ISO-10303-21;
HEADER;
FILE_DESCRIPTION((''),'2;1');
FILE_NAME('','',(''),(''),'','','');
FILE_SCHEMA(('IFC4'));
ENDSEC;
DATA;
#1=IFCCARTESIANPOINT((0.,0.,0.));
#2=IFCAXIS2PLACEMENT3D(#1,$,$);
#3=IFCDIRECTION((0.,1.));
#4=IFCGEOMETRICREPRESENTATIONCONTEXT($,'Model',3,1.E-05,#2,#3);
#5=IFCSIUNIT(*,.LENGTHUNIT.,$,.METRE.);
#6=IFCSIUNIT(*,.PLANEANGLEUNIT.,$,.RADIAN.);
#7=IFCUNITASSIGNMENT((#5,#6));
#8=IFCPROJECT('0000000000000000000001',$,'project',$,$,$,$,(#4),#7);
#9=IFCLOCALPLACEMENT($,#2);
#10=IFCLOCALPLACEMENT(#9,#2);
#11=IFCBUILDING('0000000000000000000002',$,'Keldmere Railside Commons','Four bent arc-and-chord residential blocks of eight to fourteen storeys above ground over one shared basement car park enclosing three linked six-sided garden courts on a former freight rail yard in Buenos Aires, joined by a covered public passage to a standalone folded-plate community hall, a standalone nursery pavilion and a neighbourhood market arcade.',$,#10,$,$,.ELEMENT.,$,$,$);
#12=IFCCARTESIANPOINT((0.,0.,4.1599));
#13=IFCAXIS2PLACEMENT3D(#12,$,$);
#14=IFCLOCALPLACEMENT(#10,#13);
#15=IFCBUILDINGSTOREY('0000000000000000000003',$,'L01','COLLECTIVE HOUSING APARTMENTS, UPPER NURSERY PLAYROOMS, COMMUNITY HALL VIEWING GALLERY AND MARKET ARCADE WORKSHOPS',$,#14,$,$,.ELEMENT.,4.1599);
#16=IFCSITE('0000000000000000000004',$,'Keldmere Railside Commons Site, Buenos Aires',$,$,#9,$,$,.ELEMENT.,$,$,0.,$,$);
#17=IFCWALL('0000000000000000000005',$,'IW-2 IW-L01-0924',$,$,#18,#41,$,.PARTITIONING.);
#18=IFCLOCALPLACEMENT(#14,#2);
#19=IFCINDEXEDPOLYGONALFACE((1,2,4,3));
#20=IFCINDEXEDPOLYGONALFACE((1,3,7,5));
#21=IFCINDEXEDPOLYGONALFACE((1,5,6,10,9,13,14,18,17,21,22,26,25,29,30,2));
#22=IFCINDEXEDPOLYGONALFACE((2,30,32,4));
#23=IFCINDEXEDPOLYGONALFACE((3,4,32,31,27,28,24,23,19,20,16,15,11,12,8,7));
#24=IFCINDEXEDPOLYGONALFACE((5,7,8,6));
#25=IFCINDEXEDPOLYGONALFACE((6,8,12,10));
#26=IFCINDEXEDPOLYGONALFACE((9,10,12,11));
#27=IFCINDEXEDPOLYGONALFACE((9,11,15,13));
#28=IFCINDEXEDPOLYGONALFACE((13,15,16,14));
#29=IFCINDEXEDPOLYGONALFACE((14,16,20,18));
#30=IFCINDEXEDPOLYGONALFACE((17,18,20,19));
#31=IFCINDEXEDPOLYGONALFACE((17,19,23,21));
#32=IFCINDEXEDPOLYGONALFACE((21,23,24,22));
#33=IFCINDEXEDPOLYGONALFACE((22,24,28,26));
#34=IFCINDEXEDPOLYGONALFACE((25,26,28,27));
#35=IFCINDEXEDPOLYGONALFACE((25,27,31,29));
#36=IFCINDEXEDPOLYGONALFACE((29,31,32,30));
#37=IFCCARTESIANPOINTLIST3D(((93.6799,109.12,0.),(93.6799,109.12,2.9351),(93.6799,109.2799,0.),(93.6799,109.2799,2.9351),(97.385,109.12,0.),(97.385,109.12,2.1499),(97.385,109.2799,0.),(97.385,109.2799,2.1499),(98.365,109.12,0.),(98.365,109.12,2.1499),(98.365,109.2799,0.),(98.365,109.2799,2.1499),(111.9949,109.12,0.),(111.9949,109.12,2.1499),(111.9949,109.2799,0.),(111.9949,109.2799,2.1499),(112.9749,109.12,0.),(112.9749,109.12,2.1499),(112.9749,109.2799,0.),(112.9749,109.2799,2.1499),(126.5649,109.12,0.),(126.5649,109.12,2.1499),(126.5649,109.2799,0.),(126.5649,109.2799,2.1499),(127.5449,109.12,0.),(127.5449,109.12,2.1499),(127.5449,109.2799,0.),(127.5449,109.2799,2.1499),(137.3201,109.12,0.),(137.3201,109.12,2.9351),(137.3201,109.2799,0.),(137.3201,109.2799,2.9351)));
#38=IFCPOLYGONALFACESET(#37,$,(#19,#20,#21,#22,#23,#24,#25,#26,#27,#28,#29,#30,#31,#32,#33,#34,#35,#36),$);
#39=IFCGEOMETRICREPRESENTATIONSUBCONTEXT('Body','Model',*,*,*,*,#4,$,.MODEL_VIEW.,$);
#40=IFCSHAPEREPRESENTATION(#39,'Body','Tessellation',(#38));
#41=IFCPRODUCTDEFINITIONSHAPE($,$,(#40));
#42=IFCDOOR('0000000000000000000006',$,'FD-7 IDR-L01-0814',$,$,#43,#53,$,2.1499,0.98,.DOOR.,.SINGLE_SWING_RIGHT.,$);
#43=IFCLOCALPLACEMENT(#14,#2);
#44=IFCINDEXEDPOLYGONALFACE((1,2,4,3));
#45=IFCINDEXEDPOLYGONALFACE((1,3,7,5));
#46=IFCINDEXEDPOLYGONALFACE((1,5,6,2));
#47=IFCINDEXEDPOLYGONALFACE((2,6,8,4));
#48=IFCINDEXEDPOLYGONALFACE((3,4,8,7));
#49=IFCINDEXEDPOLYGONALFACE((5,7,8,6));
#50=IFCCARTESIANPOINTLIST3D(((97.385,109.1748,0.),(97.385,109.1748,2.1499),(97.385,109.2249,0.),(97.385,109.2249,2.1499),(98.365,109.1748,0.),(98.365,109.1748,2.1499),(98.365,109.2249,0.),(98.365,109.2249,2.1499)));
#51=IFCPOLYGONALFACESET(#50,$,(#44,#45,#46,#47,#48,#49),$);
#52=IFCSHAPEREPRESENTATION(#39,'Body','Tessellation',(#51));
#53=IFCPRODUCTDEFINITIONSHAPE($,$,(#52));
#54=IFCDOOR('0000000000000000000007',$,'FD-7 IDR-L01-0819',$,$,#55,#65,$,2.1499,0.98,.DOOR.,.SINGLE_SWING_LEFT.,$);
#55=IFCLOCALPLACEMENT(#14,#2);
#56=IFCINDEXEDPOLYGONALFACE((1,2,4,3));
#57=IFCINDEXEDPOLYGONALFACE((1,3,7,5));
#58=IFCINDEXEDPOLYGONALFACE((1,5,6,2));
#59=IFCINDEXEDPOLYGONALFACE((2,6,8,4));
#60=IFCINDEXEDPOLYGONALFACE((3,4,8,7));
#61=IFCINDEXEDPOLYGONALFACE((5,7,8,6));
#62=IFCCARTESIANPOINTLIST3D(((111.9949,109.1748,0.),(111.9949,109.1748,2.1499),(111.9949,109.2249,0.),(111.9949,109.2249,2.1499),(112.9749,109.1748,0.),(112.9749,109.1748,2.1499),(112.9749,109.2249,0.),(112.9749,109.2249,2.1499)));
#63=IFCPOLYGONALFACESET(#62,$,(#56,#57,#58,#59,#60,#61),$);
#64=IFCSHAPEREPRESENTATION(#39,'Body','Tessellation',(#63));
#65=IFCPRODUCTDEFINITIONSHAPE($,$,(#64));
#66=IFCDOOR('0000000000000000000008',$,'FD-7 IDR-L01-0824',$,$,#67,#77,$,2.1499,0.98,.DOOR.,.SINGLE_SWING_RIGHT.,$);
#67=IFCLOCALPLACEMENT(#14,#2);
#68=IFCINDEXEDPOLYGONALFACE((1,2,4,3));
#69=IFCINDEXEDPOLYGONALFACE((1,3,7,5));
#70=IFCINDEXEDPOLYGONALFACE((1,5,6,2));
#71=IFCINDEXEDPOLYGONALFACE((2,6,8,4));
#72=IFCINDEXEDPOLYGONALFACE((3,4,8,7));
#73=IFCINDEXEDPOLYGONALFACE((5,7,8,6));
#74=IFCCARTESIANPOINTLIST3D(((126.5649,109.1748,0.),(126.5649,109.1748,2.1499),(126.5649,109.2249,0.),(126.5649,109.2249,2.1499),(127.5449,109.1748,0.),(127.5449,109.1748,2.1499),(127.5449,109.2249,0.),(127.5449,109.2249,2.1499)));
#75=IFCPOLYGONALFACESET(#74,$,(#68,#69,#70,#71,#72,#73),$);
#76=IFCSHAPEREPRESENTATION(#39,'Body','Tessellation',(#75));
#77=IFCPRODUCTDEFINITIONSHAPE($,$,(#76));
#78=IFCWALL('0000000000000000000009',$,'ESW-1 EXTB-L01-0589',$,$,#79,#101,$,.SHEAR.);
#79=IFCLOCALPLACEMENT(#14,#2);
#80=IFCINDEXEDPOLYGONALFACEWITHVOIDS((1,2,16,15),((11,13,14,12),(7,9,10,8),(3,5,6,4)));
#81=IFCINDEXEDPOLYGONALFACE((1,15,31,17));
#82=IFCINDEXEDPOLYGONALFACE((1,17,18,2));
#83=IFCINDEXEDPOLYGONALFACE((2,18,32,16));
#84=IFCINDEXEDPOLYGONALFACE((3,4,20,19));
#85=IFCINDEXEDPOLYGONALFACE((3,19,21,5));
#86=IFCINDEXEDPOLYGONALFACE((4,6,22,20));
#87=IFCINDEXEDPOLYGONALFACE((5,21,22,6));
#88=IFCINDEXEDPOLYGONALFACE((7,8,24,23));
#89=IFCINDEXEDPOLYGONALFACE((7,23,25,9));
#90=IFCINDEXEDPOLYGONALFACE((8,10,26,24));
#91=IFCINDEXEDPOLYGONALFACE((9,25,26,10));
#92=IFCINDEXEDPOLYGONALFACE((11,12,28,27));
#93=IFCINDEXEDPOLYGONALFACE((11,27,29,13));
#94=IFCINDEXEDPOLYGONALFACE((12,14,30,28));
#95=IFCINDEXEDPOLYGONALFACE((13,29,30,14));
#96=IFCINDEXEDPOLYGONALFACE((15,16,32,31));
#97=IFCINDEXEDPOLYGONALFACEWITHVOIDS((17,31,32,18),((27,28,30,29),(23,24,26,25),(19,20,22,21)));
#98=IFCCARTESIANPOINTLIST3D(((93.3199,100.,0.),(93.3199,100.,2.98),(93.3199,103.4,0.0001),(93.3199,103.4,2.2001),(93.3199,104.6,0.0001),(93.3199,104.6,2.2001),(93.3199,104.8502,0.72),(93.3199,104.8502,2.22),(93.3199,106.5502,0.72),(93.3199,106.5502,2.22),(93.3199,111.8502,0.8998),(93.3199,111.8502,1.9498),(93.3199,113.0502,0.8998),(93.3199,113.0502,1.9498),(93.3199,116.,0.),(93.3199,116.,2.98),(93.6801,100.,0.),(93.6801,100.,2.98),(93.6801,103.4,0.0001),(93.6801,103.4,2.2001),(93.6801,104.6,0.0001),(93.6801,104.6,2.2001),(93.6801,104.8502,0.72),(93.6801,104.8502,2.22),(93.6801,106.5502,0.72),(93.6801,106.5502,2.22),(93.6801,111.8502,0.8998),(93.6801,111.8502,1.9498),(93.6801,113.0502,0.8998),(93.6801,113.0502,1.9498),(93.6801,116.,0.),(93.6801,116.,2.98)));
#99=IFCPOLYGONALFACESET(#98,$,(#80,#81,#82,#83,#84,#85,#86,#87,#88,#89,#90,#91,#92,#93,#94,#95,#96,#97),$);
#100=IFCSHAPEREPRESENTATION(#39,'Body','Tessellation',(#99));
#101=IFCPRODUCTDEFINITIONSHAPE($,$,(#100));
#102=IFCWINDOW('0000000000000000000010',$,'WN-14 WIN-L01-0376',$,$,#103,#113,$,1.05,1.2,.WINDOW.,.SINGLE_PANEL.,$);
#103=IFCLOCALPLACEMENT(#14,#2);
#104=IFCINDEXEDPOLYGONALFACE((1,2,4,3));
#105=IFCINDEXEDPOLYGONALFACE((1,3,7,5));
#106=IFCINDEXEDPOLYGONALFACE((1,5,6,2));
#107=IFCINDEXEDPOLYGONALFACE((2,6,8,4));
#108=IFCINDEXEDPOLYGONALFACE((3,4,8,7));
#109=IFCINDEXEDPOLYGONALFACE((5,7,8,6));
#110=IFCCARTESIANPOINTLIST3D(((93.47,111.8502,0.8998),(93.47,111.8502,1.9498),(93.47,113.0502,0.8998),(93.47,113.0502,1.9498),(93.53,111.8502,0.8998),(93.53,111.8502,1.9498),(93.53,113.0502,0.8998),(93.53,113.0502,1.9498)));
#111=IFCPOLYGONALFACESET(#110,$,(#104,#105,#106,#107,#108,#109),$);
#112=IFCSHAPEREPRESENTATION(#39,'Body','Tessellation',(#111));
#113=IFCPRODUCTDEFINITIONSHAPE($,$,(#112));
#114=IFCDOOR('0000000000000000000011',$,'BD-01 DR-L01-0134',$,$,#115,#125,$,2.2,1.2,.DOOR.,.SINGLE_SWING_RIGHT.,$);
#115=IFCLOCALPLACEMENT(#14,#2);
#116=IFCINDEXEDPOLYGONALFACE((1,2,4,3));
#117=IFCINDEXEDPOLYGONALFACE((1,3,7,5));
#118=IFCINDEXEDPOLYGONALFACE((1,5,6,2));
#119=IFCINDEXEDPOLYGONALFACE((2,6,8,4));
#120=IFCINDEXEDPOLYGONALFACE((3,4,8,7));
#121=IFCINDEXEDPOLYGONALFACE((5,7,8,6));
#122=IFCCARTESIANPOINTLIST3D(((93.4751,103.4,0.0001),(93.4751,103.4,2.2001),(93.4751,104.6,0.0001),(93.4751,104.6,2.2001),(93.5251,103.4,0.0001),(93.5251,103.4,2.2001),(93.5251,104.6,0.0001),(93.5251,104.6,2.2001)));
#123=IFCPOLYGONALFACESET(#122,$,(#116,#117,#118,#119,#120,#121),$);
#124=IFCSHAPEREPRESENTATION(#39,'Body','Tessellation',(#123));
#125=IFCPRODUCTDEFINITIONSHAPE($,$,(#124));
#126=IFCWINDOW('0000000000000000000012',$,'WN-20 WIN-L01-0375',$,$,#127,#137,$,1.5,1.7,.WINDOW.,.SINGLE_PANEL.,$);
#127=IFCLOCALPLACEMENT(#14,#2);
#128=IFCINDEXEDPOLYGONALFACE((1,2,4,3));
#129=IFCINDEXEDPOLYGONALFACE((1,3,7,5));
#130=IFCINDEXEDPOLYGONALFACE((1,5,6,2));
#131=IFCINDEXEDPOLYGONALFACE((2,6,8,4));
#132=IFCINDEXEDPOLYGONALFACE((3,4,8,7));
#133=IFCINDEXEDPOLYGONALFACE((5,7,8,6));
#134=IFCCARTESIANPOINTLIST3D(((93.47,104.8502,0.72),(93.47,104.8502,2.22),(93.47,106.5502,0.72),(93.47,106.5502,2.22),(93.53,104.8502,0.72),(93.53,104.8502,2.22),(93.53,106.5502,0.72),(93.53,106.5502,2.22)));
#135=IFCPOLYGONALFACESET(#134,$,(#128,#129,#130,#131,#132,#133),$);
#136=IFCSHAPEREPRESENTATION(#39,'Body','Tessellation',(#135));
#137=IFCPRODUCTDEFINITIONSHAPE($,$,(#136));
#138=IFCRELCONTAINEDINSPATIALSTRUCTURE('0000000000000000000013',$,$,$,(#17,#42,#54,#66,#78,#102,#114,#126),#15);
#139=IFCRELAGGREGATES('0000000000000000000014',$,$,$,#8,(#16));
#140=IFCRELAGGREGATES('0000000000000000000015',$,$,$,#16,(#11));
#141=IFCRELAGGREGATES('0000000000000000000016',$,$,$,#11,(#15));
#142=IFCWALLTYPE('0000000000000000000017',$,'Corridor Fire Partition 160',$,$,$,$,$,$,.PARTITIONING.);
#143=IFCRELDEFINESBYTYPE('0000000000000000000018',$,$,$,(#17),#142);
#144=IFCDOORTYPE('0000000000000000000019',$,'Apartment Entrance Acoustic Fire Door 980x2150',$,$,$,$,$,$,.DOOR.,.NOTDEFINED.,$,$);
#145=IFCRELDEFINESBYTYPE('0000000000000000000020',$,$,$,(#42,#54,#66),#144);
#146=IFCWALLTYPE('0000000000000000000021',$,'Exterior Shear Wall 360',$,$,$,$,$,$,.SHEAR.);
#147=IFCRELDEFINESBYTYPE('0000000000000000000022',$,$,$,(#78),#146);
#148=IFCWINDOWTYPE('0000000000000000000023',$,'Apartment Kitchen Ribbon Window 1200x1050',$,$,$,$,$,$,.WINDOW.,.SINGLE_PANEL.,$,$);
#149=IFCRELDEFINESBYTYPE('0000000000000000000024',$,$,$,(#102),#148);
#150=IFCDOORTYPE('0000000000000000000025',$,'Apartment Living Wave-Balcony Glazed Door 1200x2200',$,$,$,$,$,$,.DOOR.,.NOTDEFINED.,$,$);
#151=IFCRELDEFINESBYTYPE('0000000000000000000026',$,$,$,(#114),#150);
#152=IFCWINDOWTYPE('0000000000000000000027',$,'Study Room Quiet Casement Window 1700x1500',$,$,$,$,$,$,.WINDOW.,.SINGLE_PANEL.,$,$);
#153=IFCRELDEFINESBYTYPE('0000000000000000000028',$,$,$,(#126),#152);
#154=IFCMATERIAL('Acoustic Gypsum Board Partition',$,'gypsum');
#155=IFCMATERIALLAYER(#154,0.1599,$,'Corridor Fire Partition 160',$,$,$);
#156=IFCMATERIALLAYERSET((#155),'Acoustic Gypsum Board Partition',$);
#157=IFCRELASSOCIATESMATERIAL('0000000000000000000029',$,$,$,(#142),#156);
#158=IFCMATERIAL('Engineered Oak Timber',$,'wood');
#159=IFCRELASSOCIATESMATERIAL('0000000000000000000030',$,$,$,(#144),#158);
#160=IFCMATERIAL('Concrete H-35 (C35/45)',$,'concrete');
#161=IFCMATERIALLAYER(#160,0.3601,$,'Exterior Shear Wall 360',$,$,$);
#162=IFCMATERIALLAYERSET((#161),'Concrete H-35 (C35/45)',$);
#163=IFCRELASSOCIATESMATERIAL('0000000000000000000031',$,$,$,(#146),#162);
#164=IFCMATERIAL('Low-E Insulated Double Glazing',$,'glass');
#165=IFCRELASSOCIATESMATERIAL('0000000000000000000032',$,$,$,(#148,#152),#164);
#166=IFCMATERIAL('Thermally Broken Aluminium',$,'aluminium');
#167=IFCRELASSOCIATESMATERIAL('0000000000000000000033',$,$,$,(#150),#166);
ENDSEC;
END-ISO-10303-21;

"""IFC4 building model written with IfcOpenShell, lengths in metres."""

from ifc_helpers import new_model, si_unit, direction, frame, frame_2d, origin, place, context, subcontext, project, spatial, rectangle, extrude, material, layer, layer_set, type_object, element, fill, save


model = new_model("IFC4")

# Units and contexts
model_context = context("Model", 3, precision=1e-05, world=origin(), true_north=direction((0.0, 1.0)))
body_context = subcontext(model_context, "Body", "Model", "MODEL_VIEW")
ifc_project = project(units=[si_unit("LENGTHUNIT", "METRE"), si_unit("PLANEANGLEUNIT", "RADIAN")], contexts=[model_context])

# Site, building, storey
site_placement = place(None, origin())
site = spatial("IfcSite", under=ifc_project, at=site_placement, Name="Keldmere Railside Commons Site, Buenos Aires", CompositionType="ELEMENT", RefElevation=0.0)
building_placement = place(site_placement, origin())
building = spatial("IfcBuilding", under=site, at=building_placement, Name="Keldmere Railside Commons", Description="Four bent arc-and-chord residential blocks of eight to fourteen storeys above ground over one shared basement car park enclosing three linked six-sided garden courts on a former freight rail yard in Buenos Aires, joined by a covered public passage to a standalone folded-plate community hall, a standalone nursery pavilion and a neighbourhood market arcade.", CompositionType="ELEMENT")
storey_placement = place(building_placement, frame((0.0, 0.0, 4.1599)))
storey = spatial("IfcBuildingStorey", under=building, at=storey_placement, Name="L01", Description="COLLECTIVE HOUSING APARTMENTS, UPPER NURSERY PLAYROOMS, COMMUNITY HALL VIEWING GALLERY AND MARKET ARCADE WORKSHOPS", CompositionType="ELEMENT", Elevation=4.1599)

# Shared definitions
ifc_material_1 = material(Name="Thermally Broken Aluminium", Category="aluminium")

# Shared definitions
ifc_material_2 = material(Name="Acoustic Gypsum Board Partition", Category="gypsum")
ifc_layer_1 = layer(ifc_material_2, 0.1599, Name="Corridor Fire Partition 160")
ifc_layer_set_1 = layer_set([ifc_layer_1], Name="Acoustic Gypsum Board Partition")
wall_type_1 = type_object("IfcWallType", Name="Corridor Fire Partition 160", PredefinedType="PARTITIONING", material=ifc_layer_set_1)

# Wall, openings, doors
wall_1_placement = place(storey_placement, frame((93.6799, 109.2, 0.0), z_axis=(0.0, 0.0, 1.0), x_axis=(1.0, 0.0, 0.0)))
wall_1 = element("IfcWall", 1, at=wall_1_placement, inside=storey, type_object=wall_type_1, Name="IW-2 IW-L01-0924", PredefinedType="PARTITIONING", context=body_context, shape_type="SweptSolid", body=[
    extrude(rectangle(XDim=43.6401, YDim=0.1599, at=frame_2d((21.8201, 0.0))), origin(), (0.0, 0.0, 1.0), 2.9351),
])
opening_1_placement = place(wall_1_placement, frame((3.7051, 0.0, 0.0)))
opening_1 = element("IfcOpeningElement", 2, at=opening_1_placement, cuts=wall_1, PredefinedType="OPENING", context=body_context, shape_type="SweptSolid", body=[
    extrude(rectangle(XDim=0.98, YDim=2.1499, at=frame_2d((0.49, 1.075))), frame((0.0, 0.0898, 0.0), z_axis=(0.0, -1.0, 0.0), x_axis=(1.0, 0.0, 0.0)), (0.0, 0.0, 1.0), 0.1799),
])
opening_2_placement = place(wall_1_placement, frame((18.3149, 0.0, 0.0)))
opening_2 = element("IfcOpeningElement", 3, at=opening_2_placement, cuts=wall_1, PredefinedType="OPENING", context=body_context, shape_type="SweptSolid", body=[
    extrude(rectangle(XDim=0.98, YDim=2.1499, at=frame_2d((0.49, 1.075))), frame((0.0, 0.0898, 0.0), z_axis=(0.0, -1.0, 0.0), x_axis=(1.0, 0.0, 0.0)), (0.0, 0.0, 1.0), 0.1799),
])
opening_3_placement = place(wall_1_placement, frame((32.885, 0.0, 0.0)))
opening_3 = element("IfcOpeningElement", 4, at=opening_3_placement, cuts=wall_1, PredefinedType="OPENING", context=body_context, shape_type="SweptSolid", body=[
    extrude(rectangle(XDim=0.98, YDim=2.1499, at=frame_2d((0.49, 1.075))), frame((0.0, 0.0898, 0.0), z_axis=(0.0, -1.0, 0.0), x_axis=(1.0, 0.0, 0.0)), (0.0, 0.0, 1.0), 0.1799),
])
ifc_material_3 = material(Name="Engineered Oak Timber", Category="wood")
door_type_1 = type_object("IfcDoorType", Name="Apartment Entrance Acoustic Fire Door 980x2150", OperationType="NOTDEFINED", PredefinedType="DOOR", material=ifc_material_3)
door_1_placement = place(opening_1_placement, origin())
door_1 = element("IfcDoor", 5, at=door_1_placement, inside=storey, type_object=door_type_1, Name="FD-7 IDR-L01-0814", OperationType="SINGLE_SWING_RIGHT", OverallHeight=2.1499, OverallWidth=0.98, PredefinedType="DOOR", context=body_context, shape_type="SweptSolid", body=[
    extrude(rectangle(XDim=0.98, YDim=2.1499, at=frame_2d((0.49, 1.075))), frame((0.0, 0.0249, 0.0), z_axis=(0.0, -1.0, 0.0), x_axis=(1.0, 0.0, 0.0)), (0.0, 0.0, 1.0), 0.05),
])
fill(opening_1, door_1)
door_2_placement = place(opening_2_placement, origin())
door_2 = element("IfcDoor", 6, at=door_2_placement, inside=storey, type_object=door_type_1, Name="FD-7 IDR-L01-0819", OperationType="SINGLE_SWING_LEFT", OverallHeight=2.1499, OverallWidth=0.98, PredefinedType="DOOR", context=body_context, shape_type="SweptSolid", body=[
    extrude(rectangle(XDim=0.98, YDim=2.1499, at=frame_2d((0.49, 1.075))), frame((0.0, 0.0249, 0.0), z_axis=(0.0, -1.0, 0.0), x_axis=(1.0, 0.0, 0.0)), (0.0, 0.0, 1.0), 0.05),
])
fill(opening_2, door_2)
door_3_placement = place(opening_3_placement, origin())
door_3 = element("IfcDoor", 7, at=door_3_placement, inside=storey, type_object=door_type_1, Name="FD-7 IDR-L01-0824", OperationType="SINGLE_SWING_RIGHT", OverallHeight=2.1499, OverallWidth=0.98, PredefinedType="DOOR", context=body_context, shape_type="SweptSolid", body=[
    extrude(rectangle(XDim=0.98, YDim=2.1499, at=frame_2d((0.49, 1.075))), frame((0.0, 0.0249, 0.0), z_axis=(0.0, -1.0, 0.0), x_axis=(1.0, 0.0, 0.0)), (0.0, 0.0, 1.0), 0.05),
])
fill(opening_3, door_3)

# Wall, openings, windows, door
ifc_material_4 = material(Name="Concrete H-35 (C35/45)", Category="concrete")
ifc_layer_2 = layer(ifc_material_4, 0.3601, Name="Exterior Shear Wall 360")
ifc_layer_set_2 = layer_set([ifc_layer_2], Name="Concrete H-35 (C35/45)")
wall_type_2 = type_object("IfcWallType", Name="Exterior Shear Wall 360", PredefinedType="SHEAR", material=ifc_layer_set_2)
wall_2_placement = place(storey_placement, frame((93.5, 100.0, 0.0), z_axis=(0.0, 0.0, 1.0), x_axis=(0.0, 1.0, 0.0)))
wall_2 = element("IfcWall", 8, at=wall_2_placement, inside=storey, type_object=wall_type_2, Name="ESW-1 EXTB-L01-0589", PredefinedType="SHEAR", context=body_context, shape_type="SweptSolid", body=[
    extrude(rectangle(XDim=16.0, YDim=0.3601, at=frame_2d((8.0, 0.0))), origin(), (0.0, 0.0, 1.0), 2.98),
])
opening_4_placement = place(wall_2_placement, frame((3.3999, 0.0, 0.0)))
opening_4 = element("IfcOpeningElement", 9, at=opening_4_placement, cuts=wall_2, PredefinedType="OPENING", context=body_context, shape_type="SweptSolid", body=[
    extrude(rectangle(XDim=1.2, YDim=2.2, at=frame_2d((0.6001, 1.1001))), frame((0.0, 0.1899, 0.0), z_axis=(0.0, -1.0, 0.0), x_axis=(1.0, 0.0, 0.0)), (0.0, 0.0, 1.0), 0.3801),
])
opening_5_placement = place(wall_2_placement, frame((4.8501, 0.0, 0.72)))
opening_5 = element("IfcOpeningElement", 10, at=opening_5_placement, cuts=wall_2, PredefinedType="OPENING", context=body_context, shape_type="SweptSolid", body=[
    extrude(rectangle(XDim=1.7, YDim=1.5, at=frame_2d((0.8501, 0.75))), frame((0.0, 0.1899, 0.0), z_axis=(0.0, -1.0, 0.0), x_axis=(1.0, 0.0, 0.0)), (0.0, 0.0, 1.0), 0.3801),
])
opening_6_placement = place(wall_2_placement, frame((11.8501, 0.0, 0.8999)))
opening_6 = element("IfcOpeningElement", 11, at=opening_6_placement, cuts=wall_2, PredefinedType="OPENING", context=body_context, shape_type="SweptSolid", body=[
    extrude(rectangle(XDim=1.2, YDim=1.05, at=frame_2d((0.6001, 0.5249))), frame((0.0, 0.1899, 0.0), z_axis=(0.0, -1.0, 0.0), x_axis=(1.0, 0.0, 0.0)), (0.0, 0.0, 1.0), 0.3801),
])
ifc_material_5 = material(Name="Low-E Insulated Double Glazing", Category="glass")
window_type_1 = type_object("IfcWindowType", Name="Apartment Kitchen Ribbon Window 1200x1050", PartitioningType="SINGLE_PANEL", PredefinedType="WINDOW", material=ifc_material_5)
window_1_placement = place(opening_6_placement, origin())
window_1 = element("IfcWindow", 12, at=window_1_placement, inside=storey, type_object=window_type_1, Name="WN-14 WIN-L01-0376", OverallHeight=1.05, OverallWidth=1.2, PartitioningType="SINGLE_PANEL", PredefinedType="WINDOW", context=body_context, shape_type="SweptSolid", body=[
    extrude(rectangle(XDim=1.2, YDim=1.05, at=frame_2d((0.6001, 0.5249))), frame((0.0, 0.03, 0.0), z_axis=(0.0, -1.0, 0.0), x_axis=(1.0, 0.0, 0.0)), (0.0, 0.0, 1.0), 0.0601),
])
fill(opening_6, window_1)
door_type_2 = type_object("IfcDoorType", Name="Apartment Living Wave-Balcony Glazed Door 1200x2200", OperationType="NOTDEFINED", PredefinedType="DOOR", material=ifc_material_1)
door_4_placement = place(opening_4_placement, origin())
door_4 = element("IfcDoor", 13, at=door_4_placement, inside=storey, type_object=door_type_2, Name="BD-01 DR-L01-0134", OperationType="SINGLE_SWING_RIGHT", OverallHeight=2.2, OverallWidth=1.2, PredefinedType="DOOR", context=body_context, shape_type="SweptSolid", body=[
    extrude(rectangle(XDim=1.2, YDim=2.2, at=frame_2d((0.6001, 1.1001))), frame((0.0, 0.0249, 0.0), z_axis=(0.0, -1.0, 0.0), x_axis=(1.0, 0.0, 0.0)), (0.0, 0.0, 1.0), 0.05),
])
fill(opening_4, door_4)
window_type_2 = type_object("IfcWindowType", Name="Study Room Quiet Casement Window 1700x1500", PartitioningType="SINGLE_PANEL", PredefinedType="WINDOW", material=ifc_material_5)
window_2_placement = place(opening_5_placement, origin())
window_2 = element("IfcWindow", 14, at=window_2_placement, inside=storey, type_object=window_type_2, Name="WN-20 WIN-L01-0375", OverallHeight=1.5, OverallWidth=1.7, PartitioningType="SINGLE_PANEL", PredefinedType="WINDOW", context=body_context, shape_type="SweptSolid", body=[
    extrude(rectangle(XDim=1.7, YDim=1.5, at=frame_2d((0.8501, 0.75))), frame((0.0, 0.03, 0.0), z_axis=(0.0, -1.0, 0.0), x_axis=(1.0, 0.0, 0.0)), (0.0, 0.0, 1.0), 0.0601),
])
fill(opening_5, window_2)

save(model, "model.ifc")
